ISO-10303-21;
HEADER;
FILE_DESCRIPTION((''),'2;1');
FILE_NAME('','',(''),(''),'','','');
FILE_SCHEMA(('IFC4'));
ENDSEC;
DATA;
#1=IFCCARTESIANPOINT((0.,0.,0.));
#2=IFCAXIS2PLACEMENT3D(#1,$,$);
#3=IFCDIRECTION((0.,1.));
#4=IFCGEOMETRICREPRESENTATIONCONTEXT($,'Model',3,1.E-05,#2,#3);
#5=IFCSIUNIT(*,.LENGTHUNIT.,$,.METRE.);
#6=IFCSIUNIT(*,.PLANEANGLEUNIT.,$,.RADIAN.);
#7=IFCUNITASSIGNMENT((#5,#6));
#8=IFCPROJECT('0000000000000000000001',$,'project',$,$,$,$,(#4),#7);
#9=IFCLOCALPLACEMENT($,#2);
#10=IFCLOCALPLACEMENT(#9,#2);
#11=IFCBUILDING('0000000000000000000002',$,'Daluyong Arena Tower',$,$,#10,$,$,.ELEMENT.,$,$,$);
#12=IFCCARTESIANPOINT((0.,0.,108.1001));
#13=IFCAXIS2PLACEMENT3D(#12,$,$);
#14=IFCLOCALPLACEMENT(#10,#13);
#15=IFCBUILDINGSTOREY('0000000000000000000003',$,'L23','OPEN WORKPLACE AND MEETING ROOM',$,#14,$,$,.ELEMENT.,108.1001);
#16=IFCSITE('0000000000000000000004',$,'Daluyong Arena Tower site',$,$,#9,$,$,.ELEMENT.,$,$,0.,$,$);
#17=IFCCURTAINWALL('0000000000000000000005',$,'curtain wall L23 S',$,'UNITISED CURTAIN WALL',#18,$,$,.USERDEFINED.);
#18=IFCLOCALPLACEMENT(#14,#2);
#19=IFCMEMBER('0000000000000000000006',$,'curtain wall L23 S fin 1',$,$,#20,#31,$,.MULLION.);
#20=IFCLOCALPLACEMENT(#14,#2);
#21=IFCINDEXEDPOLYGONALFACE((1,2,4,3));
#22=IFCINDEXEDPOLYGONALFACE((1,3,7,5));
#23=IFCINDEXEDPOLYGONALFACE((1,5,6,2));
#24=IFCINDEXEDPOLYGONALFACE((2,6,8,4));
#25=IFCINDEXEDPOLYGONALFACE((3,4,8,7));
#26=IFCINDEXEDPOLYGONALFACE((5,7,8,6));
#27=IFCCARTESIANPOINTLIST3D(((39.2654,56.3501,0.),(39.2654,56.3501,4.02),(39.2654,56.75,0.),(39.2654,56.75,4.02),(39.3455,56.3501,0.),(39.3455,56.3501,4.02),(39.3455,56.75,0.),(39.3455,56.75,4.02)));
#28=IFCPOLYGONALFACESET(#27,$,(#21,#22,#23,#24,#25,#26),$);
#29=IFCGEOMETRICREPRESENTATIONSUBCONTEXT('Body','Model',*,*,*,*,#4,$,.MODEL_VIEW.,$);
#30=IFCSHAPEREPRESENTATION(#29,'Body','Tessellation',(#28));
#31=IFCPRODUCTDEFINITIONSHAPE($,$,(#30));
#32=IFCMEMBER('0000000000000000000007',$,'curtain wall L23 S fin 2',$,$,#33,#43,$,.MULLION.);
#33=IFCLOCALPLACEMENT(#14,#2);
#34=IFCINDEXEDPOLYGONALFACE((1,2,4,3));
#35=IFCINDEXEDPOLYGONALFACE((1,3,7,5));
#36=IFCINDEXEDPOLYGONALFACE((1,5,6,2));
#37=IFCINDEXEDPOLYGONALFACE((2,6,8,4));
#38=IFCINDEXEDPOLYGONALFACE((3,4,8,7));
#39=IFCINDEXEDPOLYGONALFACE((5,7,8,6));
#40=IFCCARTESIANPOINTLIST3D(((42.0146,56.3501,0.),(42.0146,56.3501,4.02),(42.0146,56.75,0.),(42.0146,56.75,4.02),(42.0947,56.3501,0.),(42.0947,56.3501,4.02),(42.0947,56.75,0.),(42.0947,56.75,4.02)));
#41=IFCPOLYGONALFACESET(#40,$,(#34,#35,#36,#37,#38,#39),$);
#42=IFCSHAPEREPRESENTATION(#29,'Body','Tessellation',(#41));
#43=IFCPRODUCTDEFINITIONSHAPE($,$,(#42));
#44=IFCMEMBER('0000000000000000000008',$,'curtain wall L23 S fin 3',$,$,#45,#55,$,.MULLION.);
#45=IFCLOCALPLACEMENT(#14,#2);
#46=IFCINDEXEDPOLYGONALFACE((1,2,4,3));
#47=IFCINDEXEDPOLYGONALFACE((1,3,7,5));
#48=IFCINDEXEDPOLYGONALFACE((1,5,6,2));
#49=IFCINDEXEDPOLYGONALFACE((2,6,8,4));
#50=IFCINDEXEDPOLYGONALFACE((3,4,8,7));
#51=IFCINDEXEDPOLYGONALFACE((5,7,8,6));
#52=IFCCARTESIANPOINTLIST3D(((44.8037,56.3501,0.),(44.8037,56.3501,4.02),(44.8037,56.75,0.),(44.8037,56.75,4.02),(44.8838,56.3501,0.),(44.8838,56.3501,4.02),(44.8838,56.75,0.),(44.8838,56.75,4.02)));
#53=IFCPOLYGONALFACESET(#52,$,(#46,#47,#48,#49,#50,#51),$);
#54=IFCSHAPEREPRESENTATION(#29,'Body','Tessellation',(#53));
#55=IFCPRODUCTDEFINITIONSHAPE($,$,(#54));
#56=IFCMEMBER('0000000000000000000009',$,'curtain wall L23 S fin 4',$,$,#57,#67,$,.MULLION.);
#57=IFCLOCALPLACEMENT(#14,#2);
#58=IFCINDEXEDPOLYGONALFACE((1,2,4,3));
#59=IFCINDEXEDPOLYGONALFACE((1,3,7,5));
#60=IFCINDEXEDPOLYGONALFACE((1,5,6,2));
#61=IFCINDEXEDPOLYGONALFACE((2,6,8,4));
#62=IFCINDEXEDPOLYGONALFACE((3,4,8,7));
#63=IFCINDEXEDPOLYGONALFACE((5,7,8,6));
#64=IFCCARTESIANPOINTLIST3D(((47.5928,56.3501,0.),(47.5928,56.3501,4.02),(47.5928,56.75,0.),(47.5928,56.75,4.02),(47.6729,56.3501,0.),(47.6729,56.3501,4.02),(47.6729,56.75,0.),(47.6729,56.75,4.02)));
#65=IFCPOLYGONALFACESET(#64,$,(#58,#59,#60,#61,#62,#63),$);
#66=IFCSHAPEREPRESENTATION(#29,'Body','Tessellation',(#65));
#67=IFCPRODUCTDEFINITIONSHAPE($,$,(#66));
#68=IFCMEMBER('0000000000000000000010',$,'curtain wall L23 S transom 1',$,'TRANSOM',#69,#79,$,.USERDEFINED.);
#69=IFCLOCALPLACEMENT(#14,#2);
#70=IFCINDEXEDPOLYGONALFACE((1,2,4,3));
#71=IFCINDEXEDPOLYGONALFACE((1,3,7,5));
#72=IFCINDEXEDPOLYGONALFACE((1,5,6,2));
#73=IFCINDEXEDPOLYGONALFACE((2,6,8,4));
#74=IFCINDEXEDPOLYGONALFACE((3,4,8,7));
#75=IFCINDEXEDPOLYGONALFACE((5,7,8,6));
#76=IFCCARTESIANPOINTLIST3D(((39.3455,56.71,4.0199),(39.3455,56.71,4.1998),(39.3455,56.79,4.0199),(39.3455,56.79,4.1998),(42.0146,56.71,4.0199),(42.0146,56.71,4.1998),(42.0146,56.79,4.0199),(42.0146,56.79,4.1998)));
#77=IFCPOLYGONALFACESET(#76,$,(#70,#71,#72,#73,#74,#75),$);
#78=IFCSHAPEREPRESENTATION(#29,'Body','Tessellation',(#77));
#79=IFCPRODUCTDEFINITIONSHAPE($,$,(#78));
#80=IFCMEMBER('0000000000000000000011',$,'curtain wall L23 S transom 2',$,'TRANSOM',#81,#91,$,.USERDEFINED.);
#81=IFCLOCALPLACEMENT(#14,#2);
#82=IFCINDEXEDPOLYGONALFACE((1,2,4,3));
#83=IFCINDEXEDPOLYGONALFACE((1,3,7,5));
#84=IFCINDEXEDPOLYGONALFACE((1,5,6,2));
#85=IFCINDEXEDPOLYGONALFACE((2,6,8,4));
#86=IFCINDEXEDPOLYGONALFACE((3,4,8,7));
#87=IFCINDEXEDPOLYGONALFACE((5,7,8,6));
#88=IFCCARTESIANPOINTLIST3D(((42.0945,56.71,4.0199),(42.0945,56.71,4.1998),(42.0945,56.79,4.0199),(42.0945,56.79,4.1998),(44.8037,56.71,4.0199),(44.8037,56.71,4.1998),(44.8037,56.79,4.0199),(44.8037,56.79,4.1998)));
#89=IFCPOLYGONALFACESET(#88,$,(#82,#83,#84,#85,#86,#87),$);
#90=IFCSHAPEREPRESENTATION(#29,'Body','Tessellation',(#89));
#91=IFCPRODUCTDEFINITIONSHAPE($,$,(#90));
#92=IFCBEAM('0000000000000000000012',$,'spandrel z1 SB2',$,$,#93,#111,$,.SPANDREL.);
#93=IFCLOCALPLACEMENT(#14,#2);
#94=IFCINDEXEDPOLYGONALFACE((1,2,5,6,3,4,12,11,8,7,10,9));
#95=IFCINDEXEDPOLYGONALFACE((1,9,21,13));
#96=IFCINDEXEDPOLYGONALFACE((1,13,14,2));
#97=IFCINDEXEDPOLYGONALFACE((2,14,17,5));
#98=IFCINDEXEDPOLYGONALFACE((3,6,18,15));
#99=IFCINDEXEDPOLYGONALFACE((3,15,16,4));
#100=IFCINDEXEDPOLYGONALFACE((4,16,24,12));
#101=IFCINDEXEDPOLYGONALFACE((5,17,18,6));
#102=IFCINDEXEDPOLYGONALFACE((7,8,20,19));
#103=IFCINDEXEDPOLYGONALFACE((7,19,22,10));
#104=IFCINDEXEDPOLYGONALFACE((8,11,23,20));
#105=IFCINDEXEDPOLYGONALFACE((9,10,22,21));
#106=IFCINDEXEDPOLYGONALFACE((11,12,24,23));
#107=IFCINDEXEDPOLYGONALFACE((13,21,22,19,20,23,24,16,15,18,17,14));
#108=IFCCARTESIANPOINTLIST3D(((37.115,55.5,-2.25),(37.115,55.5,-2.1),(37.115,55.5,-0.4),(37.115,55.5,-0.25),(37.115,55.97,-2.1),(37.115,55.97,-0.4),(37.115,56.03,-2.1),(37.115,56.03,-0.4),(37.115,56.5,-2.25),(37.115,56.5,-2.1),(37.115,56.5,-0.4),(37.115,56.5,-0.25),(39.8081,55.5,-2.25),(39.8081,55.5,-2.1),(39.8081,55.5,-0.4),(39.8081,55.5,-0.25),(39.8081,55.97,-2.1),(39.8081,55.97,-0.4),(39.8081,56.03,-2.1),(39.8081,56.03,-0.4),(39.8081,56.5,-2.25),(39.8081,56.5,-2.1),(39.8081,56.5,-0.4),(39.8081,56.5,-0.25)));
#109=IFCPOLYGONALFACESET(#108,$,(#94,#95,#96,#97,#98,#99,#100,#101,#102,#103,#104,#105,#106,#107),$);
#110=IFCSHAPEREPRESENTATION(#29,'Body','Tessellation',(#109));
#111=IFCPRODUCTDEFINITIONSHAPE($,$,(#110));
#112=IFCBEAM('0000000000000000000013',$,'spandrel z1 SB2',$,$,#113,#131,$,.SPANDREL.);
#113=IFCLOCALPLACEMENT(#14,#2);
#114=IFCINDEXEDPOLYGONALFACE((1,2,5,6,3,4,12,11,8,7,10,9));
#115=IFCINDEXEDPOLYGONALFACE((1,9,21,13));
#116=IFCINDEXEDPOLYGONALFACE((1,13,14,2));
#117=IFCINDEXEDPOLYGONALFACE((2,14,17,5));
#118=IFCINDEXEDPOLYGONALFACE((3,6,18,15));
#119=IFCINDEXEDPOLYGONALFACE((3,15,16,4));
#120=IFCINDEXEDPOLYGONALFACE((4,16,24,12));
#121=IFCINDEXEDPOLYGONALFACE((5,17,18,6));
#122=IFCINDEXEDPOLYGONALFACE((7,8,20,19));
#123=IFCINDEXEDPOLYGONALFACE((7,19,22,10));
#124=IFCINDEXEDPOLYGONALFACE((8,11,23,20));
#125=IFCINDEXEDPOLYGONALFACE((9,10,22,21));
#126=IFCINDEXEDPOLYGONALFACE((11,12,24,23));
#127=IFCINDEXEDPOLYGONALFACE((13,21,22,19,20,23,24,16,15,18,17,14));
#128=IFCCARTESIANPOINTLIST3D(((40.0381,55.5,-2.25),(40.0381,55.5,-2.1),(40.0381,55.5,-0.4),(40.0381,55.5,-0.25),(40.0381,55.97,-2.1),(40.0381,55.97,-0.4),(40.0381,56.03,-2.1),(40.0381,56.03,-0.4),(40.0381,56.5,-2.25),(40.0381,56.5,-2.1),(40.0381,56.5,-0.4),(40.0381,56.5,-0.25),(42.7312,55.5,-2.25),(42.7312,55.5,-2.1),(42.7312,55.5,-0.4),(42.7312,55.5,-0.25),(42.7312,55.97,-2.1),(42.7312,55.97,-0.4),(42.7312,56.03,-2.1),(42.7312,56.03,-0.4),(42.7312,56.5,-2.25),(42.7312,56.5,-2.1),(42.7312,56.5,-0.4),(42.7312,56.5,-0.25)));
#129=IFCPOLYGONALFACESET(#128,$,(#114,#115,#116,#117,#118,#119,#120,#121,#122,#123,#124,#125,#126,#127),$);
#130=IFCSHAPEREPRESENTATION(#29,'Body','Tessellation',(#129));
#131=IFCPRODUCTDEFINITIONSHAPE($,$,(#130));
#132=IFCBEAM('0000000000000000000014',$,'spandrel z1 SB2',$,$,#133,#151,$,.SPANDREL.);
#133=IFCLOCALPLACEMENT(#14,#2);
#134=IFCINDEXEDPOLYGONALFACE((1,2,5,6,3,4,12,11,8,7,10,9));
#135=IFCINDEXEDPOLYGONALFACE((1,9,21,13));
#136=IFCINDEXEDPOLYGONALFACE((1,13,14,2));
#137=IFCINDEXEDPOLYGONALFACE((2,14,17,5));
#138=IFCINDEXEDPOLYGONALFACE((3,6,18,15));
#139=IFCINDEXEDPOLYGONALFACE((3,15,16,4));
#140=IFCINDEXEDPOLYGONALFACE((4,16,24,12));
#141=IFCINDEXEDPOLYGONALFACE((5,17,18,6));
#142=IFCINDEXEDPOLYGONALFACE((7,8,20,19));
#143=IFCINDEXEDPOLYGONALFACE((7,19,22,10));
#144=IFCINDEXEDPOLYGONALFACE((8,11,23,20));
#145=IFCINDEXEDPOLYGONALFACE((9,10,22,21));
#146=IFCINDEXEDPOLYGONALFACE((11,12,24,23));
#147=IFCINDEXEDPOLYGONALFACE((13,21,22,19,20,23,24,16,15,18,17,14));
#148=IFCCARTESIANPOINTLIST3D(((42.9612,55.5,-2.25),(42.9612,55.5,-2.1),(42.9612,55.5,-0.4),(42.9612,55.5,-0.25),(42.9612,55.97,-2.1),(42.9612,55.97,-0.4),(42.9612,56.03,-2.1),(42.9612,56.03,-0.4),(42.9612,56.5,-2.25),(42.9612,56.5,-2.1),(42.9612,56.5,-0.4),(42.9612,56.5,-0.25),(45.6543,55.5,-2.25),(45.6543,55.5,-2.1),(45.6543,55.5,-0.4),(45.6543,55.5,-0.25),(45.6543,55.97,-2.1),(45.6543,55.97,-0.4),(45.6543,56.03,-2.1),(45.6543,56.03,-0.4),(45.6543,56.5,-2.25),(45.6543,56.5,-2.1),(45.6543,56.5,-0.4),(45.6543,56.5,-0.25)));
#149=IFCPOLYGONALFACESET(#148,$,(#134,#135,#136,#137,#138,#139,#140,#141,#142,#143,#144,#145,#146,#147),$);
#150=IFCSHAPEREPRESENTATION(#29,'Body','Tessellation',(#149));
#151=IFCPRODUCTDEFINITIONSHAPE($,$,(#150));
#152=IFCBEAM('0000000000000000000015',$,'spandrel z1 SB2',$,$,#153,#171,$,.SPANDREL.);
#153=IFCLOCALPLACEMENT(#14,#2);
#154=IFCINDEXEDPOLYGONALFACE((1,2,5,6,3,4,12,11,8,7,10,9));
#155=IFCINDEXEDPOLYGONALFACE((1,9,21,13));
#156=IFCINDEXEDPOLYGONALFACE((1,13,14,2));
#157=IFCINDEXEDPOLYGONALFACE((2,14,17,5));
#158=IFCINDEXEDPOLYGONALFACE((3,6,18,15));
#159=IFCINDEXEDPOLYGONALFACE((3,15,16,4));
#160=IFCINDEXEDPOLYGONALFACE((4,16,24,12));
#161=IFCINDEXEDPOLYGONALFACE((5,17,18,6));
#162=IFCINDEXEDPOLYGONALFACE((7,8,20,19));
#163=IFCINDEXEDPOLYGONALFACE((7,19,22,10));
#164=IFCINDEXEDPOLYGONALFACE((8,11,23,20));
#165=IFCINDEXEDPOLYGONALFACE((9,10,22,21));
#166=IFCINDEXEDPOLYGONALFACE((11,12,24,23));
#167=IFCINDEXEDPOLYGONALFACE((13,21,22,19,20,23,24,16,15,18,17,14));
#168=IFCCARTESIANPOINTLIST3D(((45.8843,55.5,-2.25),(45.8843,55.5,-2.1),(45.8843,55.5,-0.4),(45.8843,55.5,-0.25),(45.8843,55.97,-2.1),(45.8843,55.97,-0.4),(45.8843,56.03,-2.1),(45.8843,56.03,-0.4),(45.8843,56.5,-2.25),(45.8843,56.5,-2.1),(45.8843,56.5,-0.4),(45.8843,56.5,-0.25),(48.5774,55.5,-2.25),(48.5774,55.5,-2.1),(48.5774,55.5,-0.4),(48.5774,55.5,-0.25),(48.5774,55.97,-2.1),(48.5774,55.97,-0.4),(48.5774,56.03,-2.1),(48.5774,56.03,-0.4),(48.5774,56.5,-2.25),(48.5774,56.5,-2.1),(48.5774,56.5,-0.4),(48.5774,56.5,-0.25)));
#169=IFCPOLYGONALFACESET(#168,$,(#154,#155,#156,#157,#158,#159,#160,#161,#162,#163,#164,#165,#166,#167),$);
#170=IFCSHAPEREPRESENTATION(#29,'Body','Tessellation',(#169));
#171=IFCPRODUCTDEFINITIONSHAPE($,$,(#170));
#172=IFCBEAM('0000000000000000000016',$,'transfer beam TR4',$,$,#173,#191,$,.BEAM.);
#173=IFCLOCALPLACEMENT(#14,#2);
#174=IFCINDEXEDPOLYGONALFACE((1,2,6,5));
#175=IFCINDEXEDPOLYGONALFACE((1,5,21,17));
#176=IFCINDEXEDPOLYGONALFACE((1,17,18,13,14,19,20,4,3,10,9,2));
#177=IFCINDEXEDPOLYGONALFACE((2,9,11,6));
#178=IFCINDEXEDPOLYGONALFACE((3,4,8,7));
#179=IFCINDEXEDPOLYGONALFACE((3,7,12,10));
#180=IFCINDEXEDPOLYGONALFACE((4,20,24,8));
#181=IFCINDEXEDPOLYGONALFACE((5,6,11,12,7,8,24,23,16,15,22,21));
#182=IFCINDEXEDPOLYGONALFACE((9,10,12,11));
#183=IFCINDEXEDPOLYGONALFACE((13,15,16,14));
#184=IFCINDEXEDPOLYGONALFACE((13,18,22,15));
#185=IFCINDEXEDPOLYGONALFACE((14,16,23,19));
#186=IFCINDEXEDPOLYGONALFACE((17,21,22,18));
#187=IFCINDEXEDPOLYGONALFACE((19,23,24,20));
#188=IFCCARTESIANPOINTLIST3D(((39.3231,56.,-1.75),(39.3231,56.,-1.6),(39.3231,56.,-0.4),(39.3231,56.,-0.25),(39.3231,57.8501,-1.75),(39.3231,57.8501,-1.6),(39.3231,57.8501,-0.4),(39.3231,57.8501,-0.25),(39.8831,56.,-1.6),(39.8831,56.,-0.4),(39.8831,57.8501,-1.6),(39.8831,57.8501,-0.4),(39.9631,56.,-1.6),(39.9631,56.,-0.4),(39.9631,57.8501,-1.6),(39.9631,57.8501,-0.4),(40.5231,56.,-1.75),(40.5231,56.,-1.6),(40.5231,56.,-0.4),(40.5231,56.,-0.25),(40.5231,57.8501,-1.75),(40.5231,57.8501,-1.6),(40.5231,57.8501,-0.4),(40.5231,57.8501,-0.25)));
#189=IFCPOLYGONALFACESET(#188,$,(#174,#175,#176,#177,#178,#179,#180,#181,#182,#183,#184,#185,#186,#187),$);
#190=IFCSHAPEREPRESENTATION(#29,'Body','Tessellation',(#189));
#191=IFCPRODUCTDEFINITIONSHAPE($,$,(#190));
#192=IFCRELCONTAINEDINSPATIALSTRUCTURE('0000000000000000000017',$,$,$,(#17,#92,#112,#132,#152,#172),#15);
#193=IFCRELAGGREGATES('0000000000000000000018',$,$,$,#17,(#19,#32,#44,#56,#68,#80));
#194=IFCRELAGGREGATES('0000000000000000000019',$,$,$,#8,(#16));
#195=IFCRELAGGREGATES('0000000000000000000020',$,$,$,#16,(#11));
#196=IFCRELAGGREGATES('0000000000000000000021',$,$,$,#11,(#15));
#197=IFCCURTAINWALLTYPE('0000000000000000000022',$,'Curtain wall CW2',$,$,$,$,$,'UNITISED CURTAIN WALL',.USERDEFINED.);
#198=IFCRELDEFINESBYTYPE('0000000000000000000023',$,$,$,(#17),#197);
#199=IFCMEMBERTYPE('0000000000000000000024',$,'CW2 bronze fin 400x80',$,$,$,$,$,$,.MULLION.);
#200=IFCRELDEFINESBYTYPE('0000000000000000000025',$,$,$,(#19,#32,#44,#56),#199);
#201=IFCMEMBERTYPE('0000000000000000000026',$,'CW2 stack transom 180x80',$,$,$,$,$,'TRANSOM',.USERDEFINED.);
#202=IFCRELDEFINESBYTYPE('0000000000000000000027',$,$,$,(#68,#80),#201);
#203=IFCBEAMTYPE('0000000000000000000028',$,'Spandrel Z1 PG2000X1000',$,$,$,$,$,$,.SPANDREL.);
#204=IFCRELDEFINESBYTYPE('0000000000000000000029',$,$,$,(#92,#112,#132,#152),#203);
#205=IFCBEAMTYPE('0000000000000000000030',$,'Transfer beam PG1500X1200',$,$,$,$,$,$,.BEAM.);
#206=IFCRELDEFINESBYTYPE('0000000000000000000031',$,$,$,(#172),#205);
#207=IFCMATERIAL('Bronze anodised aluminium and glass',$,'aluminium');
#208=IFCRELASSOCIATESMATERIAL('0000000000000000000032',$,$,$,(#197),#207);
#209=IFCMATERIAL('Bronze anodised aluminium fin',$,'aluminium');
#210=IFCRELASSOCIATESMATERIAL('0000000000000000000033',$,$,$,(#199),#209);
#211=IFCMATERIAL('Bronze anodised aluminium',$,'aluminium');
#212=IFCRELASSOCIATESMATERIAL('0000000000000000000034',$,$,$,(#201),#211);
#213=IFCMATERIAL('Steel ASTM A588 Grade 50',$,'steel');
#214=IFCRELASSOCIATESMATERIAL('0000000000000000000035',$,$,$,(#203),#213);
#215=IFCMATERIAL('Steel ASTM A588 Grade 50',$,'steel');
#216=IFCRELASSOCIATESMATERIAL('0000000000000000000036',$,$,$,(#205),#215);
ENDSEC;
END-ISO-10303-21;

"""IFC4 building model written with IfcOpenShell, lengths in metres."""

from ifc_helpers import new_model, si_unit, direction, frame, origin, origin_2d, place, context, subcontext, project, spatial, rectangle, i_section, extrude, material, material_profile, profile_set, type_object, element, aggregate, save


model = new_model("IFC4")

# Units and contexts
model_context = context("Model", 3, precision=1e-05, world=origin(), true_north=direction((0.0, 1.0)))
body_context = subcontext(model_context, "Body", "Model", "MODEL_VIEW")
ifc_project = project(units=[si_unit("LENGTHUNIT", "METRE"), si_unit("PLANEANGLEUNIT", "RADIAN")], contexts=[model_context])

# Site, building, storey
site_placement = place(None, origin())
site = spatial("IfcSite", under=ifc_project, at=site_placement, Name="Daluyong Arena Tower site", CompositionType="ELEMENT", RefElevation=0.0)
building_placement = place(site_placement, origin())
building = spatial("IfcBuilding", under=site, at=building_placement, Name="Daluyong Arena Tower", CompositionType="ELEMENT")
storey_placement = place(building_placement, frame((0.0, 0.0, 108.1001)))
storey = spatial("IfcBuildingStorey", under=building, at=storey_placement, Name="L23", Description="OPEN WORKPLACE AND MEETING ROOM", CompositionType="ELEMENT", Elevation=108.1001)

# Curtain wall, members
ifc_material_1 = material(Name="Bronze anodised aluminium and glass", Category="aluminium")
curtain_wall_type = type_object("IfcCurtainWallType", Name="Curtain wall CW2", ElementType="UNITISED CURTAIN WALL", PredefinedType="USERDEFINED", material=ifc_material_1)
curtain_wall_placement = place(storey_placement, origin())
curtain_wall = element("IfcCurtainWall", 1, at=curtain_wall_placement, inside=storey, type_object=curtain_wall_type, Name="curtain wall L23 S", ObjectType="UNITISED CURTAIN WALL", PredefinedType="USERDEFINED")
ifc_material_2 = material(Name="Bronze anodised aluminium fin", Category="aluminium")
ifc_material_profile_1 = material_profile(ifc_material_2, rectangle(XDim=0.3999, YDim=0.0801, at=origin_2d()))
ifc_profile_set_1 = profile_set([ifc_material_profile_1], Name="Bronze anodised aluminium fin")
member_type_1 = type_object("IfcMemberType", Name="CW2 bronze fin 400x80", PredefinedType="MULLION", material=ifc_profile_set_1)
member_1_placement = place(storey_placement, frame((39.3054, 56.55, 0.0), z_axis=(0.0, 0.0, 1.0), x_axis=(0.0, 1.0, 0.0)))
member_1 = element("IfcMember", 2, at=member_1_placement, type_object=member_type_1, Name="curtain wall L23 S fin 1", PredefinedType="MULLION", context=body_context, shape_type="SweptSolid", body=[
    extrude(rectangle(XDim=0.3999, YDim=0.0801, at=origin_2d()), origin(), (0.0, 0.0, 1.0), 4.02),
])
member_2_placement = place(storey_placement, frame((42.0547, 56.55, 0.0), z_axis=(0.0, 0.0, 1.0), x_axis=(0.0, 1.0, 0.0)))
member_2 = element("IfcMember", 3, at=member_2_placement, type_object=member_type_1, Name="curtain wall L23 S fin 2", PredefinedType="MULLION", context=body_context, shape_type="SweptSolid", body=[
    extrude(rectangle(XDim=0.3999, YDim=0.0801, at=origin_2d()), origin(), (0.0, 0.0, 1.0), 4.02),
])
member_3_placement = place(storey_placement, frame((44.8438, 56.55, 0.0), z_axis=(0.0, 0.0, 1.0), x_axis=(0.0, 1.0, 0.0)))
member_3 = element("IfcMember", 4, at=member_3_placement, type_object=member_type_1, Name="curtain wall L23 S fin 3", PredefinedType="MULLION", context=body_context, shape_type="SweptSolid", body=[
    extrude(rectangle(XDim=0.3999, YDim=0.0801, at=origin_2d()), origin(), (0.0, 0.0, 1.0), 4.02),
])
member_4_placement = place(storey_placement, frame((47.6328, 56.55, 0.0), z_axis=(0.0, 0.0, 1.0), x_axis=(0.0, 1.0, 0.0)))
member_4 = element("IfcMember", 5, at=member_4_placement, type_object=member_type_1, Name="curtain wall L23 S fin 4", PredefinedType="MULLION", context=body_context, shape_type="SweptSolid", body=[
    extrude(rectangle(XDim=0.3999, YDim=0.0801, at=origin_2d()), origin(), (0.0, 0.0, 1.0), 4.02),
])
ifc_material_3 = material(Name="Bronze anodised aluminium", Category="aluminium")
ifc_material_profile_2 = material_profile(ifc_material_3, rectangle(XDim=0.0801, YDim=0.1799, at=origin_2d()))
ifc_profile_set_2 = profile_set([ifc_material_profile_2], Name="Bronze anodised aluminium")
member_type_2 = type_object("IfcMemberType", Name="CW2 stack transom 180x80", ElementType="TRANSOM", PredefinedType="USERDEFINED", material=ifc_profile_set_2)
member_5_placement = place(storey_placement, frame((39.3455, 56.75, 4.1099), z_axis=(1.0, 0.0, 0.0), x_axis=(0.0, 1.0, 0.0)))
member_5 = element("IfcMember", 6, at=member_5_placement, type_object=member_type_2, Name="curtain wall L23 S transom 1", ObjectType="TRANSOM", PredefinedType="USERDEFINED", context=body_context, shape_type="SweptSolid", body=[
    extrude(rectangle(XDim=0.0801, YDim=0.1799, at=origin_2d()), origin(), (0.0, 0.0, 1.0), 2.6692),
])
member_6_placement = place(storey_placement, frame((42.0945, 56.75, 4.1099), z_axis=(1.0, 0.0, 0.0), x_axis=(0.0, 1.0, 0.0)))
member_6 = element("IfcMember", 7, at=member_6_placement, type_object=member_type_2, Name="curtain wall L23 S transom 2", ObjectType="TRANSOM", PredefinedType="USERDEFINED", context=body_context, shape_type="SweptSolid", body=[
    extrude(rectangle(XDim=0.0801, YDim=0.1799, at=origin_2d()), origin(), (0.0, 0.0, 1.0), 2.7092),
])

# Beams
ifc_material_4 = material(Name="Steel ASTM A588 Grade 50", Category="steel")
ifc_material_profile_3 = material_profile(ifc_material_4, i_section(OverallWidth=1.0, OverallDepth=2.0, WebThickness=0.06, FlangeThickness=0.15, at=origin_2d()))
ifc_profile_set_3 = profile_set([ifc_material_profile_3], Name="Steel ASTM A588 Grade 50")
beam_type_1 = type_object("IfcBeamType", Name="Spandrel Z1 PG2000X1000", PredefinedType="SPANDREL", material=ifc_profile_set_3)
for number, where, z_axis, x_axis, name in (
    (8, (37.115, 56.0, -1.25), (1.0, 0.0, 0.0), (0.0, 1.0, 0.0), "spandrel z1 SB2"),
    (9, (40.0381, 56.0, -1.25), (1.0, 0.0, 0.0), (0.0, 1.0, 0.0), "spandrel z1 SB2"),
    (10, (42.9612, 56.0, -1.25), (1.0, 0.0, 0.0), (0.0, 1.0, 0.0), "spandrel z1 SB2"),
    (11, (45.8843, 56.0, -1.25), (1.0, 0.0, 0.0), (0.0, 1.0, 0.0), "spandrel z1 SB2"),
):
    element("IfcBeam", number, at=place(storey_placement, frame(where, z_axis=z_axis, x_axis=x_axis)), inside=storey, type_object=beam_type_1, Name=name, PredefinedType="SPANDREL", context=body_context, shape_type="SweptSolid", body=[
        extrude(i_section(OverallWidth=1.0, OverallDepth=2.0, WebThickness=0.06, FlangeThickness=0.15, at=origin_2d()), origin(), (0.0, 0.0, 1.0), 2.6931),
    ])
ifc_material_5 = material(Name="Steel ASTM A588 Grade 50", Category="steel")
ifc_material_profile_4 = material_profile(ifc_material_5, i_section(OverallWidth=1.2, OverallDepth=1.5, WebThickness=0.08, FlangeThickness=0.15, at=origin_2d()))
ifc_profile_set_4 = profile_set([ifc_material_profile_4], Name="Steel ASTM A588 Grade 50")
beam_type_2 = type_object("IfcBeamType", Name="Transfer beam PG1500X1200", PredefinedType="BEAM", material=ifc_profile_set_4)
for number, where, z_axis, x_axis, name in (
    (12, (39.9231, 56.0, -1.0), (0.0, 1.0, 0.0), (-1.0, 0.0, 0.0), "transfer beam TR4"),
):
    element("IfcBeam", number, at=place(storey_placement, frame(where, z_axis=z_axis, x_axis=x_axis)), inside=storey, type_object=beam_type_2, Name=name, PredefinedType="BEAM", context=body_context, shape_type="SweptSolid", body=[
        extrude(i_section(OverallWidth=1.2, OverallDepth=1.5, WebThickness=0.08, FlangeThickness=0.15, at=origin_2d()), origin(), (0.0, 0.0, 1.0), 1.8501),
    ])

aggregate(curtain_wall, [member_1, member_2, member_3, member_4, member_5, member_6])

save(model, "model.ifc")
